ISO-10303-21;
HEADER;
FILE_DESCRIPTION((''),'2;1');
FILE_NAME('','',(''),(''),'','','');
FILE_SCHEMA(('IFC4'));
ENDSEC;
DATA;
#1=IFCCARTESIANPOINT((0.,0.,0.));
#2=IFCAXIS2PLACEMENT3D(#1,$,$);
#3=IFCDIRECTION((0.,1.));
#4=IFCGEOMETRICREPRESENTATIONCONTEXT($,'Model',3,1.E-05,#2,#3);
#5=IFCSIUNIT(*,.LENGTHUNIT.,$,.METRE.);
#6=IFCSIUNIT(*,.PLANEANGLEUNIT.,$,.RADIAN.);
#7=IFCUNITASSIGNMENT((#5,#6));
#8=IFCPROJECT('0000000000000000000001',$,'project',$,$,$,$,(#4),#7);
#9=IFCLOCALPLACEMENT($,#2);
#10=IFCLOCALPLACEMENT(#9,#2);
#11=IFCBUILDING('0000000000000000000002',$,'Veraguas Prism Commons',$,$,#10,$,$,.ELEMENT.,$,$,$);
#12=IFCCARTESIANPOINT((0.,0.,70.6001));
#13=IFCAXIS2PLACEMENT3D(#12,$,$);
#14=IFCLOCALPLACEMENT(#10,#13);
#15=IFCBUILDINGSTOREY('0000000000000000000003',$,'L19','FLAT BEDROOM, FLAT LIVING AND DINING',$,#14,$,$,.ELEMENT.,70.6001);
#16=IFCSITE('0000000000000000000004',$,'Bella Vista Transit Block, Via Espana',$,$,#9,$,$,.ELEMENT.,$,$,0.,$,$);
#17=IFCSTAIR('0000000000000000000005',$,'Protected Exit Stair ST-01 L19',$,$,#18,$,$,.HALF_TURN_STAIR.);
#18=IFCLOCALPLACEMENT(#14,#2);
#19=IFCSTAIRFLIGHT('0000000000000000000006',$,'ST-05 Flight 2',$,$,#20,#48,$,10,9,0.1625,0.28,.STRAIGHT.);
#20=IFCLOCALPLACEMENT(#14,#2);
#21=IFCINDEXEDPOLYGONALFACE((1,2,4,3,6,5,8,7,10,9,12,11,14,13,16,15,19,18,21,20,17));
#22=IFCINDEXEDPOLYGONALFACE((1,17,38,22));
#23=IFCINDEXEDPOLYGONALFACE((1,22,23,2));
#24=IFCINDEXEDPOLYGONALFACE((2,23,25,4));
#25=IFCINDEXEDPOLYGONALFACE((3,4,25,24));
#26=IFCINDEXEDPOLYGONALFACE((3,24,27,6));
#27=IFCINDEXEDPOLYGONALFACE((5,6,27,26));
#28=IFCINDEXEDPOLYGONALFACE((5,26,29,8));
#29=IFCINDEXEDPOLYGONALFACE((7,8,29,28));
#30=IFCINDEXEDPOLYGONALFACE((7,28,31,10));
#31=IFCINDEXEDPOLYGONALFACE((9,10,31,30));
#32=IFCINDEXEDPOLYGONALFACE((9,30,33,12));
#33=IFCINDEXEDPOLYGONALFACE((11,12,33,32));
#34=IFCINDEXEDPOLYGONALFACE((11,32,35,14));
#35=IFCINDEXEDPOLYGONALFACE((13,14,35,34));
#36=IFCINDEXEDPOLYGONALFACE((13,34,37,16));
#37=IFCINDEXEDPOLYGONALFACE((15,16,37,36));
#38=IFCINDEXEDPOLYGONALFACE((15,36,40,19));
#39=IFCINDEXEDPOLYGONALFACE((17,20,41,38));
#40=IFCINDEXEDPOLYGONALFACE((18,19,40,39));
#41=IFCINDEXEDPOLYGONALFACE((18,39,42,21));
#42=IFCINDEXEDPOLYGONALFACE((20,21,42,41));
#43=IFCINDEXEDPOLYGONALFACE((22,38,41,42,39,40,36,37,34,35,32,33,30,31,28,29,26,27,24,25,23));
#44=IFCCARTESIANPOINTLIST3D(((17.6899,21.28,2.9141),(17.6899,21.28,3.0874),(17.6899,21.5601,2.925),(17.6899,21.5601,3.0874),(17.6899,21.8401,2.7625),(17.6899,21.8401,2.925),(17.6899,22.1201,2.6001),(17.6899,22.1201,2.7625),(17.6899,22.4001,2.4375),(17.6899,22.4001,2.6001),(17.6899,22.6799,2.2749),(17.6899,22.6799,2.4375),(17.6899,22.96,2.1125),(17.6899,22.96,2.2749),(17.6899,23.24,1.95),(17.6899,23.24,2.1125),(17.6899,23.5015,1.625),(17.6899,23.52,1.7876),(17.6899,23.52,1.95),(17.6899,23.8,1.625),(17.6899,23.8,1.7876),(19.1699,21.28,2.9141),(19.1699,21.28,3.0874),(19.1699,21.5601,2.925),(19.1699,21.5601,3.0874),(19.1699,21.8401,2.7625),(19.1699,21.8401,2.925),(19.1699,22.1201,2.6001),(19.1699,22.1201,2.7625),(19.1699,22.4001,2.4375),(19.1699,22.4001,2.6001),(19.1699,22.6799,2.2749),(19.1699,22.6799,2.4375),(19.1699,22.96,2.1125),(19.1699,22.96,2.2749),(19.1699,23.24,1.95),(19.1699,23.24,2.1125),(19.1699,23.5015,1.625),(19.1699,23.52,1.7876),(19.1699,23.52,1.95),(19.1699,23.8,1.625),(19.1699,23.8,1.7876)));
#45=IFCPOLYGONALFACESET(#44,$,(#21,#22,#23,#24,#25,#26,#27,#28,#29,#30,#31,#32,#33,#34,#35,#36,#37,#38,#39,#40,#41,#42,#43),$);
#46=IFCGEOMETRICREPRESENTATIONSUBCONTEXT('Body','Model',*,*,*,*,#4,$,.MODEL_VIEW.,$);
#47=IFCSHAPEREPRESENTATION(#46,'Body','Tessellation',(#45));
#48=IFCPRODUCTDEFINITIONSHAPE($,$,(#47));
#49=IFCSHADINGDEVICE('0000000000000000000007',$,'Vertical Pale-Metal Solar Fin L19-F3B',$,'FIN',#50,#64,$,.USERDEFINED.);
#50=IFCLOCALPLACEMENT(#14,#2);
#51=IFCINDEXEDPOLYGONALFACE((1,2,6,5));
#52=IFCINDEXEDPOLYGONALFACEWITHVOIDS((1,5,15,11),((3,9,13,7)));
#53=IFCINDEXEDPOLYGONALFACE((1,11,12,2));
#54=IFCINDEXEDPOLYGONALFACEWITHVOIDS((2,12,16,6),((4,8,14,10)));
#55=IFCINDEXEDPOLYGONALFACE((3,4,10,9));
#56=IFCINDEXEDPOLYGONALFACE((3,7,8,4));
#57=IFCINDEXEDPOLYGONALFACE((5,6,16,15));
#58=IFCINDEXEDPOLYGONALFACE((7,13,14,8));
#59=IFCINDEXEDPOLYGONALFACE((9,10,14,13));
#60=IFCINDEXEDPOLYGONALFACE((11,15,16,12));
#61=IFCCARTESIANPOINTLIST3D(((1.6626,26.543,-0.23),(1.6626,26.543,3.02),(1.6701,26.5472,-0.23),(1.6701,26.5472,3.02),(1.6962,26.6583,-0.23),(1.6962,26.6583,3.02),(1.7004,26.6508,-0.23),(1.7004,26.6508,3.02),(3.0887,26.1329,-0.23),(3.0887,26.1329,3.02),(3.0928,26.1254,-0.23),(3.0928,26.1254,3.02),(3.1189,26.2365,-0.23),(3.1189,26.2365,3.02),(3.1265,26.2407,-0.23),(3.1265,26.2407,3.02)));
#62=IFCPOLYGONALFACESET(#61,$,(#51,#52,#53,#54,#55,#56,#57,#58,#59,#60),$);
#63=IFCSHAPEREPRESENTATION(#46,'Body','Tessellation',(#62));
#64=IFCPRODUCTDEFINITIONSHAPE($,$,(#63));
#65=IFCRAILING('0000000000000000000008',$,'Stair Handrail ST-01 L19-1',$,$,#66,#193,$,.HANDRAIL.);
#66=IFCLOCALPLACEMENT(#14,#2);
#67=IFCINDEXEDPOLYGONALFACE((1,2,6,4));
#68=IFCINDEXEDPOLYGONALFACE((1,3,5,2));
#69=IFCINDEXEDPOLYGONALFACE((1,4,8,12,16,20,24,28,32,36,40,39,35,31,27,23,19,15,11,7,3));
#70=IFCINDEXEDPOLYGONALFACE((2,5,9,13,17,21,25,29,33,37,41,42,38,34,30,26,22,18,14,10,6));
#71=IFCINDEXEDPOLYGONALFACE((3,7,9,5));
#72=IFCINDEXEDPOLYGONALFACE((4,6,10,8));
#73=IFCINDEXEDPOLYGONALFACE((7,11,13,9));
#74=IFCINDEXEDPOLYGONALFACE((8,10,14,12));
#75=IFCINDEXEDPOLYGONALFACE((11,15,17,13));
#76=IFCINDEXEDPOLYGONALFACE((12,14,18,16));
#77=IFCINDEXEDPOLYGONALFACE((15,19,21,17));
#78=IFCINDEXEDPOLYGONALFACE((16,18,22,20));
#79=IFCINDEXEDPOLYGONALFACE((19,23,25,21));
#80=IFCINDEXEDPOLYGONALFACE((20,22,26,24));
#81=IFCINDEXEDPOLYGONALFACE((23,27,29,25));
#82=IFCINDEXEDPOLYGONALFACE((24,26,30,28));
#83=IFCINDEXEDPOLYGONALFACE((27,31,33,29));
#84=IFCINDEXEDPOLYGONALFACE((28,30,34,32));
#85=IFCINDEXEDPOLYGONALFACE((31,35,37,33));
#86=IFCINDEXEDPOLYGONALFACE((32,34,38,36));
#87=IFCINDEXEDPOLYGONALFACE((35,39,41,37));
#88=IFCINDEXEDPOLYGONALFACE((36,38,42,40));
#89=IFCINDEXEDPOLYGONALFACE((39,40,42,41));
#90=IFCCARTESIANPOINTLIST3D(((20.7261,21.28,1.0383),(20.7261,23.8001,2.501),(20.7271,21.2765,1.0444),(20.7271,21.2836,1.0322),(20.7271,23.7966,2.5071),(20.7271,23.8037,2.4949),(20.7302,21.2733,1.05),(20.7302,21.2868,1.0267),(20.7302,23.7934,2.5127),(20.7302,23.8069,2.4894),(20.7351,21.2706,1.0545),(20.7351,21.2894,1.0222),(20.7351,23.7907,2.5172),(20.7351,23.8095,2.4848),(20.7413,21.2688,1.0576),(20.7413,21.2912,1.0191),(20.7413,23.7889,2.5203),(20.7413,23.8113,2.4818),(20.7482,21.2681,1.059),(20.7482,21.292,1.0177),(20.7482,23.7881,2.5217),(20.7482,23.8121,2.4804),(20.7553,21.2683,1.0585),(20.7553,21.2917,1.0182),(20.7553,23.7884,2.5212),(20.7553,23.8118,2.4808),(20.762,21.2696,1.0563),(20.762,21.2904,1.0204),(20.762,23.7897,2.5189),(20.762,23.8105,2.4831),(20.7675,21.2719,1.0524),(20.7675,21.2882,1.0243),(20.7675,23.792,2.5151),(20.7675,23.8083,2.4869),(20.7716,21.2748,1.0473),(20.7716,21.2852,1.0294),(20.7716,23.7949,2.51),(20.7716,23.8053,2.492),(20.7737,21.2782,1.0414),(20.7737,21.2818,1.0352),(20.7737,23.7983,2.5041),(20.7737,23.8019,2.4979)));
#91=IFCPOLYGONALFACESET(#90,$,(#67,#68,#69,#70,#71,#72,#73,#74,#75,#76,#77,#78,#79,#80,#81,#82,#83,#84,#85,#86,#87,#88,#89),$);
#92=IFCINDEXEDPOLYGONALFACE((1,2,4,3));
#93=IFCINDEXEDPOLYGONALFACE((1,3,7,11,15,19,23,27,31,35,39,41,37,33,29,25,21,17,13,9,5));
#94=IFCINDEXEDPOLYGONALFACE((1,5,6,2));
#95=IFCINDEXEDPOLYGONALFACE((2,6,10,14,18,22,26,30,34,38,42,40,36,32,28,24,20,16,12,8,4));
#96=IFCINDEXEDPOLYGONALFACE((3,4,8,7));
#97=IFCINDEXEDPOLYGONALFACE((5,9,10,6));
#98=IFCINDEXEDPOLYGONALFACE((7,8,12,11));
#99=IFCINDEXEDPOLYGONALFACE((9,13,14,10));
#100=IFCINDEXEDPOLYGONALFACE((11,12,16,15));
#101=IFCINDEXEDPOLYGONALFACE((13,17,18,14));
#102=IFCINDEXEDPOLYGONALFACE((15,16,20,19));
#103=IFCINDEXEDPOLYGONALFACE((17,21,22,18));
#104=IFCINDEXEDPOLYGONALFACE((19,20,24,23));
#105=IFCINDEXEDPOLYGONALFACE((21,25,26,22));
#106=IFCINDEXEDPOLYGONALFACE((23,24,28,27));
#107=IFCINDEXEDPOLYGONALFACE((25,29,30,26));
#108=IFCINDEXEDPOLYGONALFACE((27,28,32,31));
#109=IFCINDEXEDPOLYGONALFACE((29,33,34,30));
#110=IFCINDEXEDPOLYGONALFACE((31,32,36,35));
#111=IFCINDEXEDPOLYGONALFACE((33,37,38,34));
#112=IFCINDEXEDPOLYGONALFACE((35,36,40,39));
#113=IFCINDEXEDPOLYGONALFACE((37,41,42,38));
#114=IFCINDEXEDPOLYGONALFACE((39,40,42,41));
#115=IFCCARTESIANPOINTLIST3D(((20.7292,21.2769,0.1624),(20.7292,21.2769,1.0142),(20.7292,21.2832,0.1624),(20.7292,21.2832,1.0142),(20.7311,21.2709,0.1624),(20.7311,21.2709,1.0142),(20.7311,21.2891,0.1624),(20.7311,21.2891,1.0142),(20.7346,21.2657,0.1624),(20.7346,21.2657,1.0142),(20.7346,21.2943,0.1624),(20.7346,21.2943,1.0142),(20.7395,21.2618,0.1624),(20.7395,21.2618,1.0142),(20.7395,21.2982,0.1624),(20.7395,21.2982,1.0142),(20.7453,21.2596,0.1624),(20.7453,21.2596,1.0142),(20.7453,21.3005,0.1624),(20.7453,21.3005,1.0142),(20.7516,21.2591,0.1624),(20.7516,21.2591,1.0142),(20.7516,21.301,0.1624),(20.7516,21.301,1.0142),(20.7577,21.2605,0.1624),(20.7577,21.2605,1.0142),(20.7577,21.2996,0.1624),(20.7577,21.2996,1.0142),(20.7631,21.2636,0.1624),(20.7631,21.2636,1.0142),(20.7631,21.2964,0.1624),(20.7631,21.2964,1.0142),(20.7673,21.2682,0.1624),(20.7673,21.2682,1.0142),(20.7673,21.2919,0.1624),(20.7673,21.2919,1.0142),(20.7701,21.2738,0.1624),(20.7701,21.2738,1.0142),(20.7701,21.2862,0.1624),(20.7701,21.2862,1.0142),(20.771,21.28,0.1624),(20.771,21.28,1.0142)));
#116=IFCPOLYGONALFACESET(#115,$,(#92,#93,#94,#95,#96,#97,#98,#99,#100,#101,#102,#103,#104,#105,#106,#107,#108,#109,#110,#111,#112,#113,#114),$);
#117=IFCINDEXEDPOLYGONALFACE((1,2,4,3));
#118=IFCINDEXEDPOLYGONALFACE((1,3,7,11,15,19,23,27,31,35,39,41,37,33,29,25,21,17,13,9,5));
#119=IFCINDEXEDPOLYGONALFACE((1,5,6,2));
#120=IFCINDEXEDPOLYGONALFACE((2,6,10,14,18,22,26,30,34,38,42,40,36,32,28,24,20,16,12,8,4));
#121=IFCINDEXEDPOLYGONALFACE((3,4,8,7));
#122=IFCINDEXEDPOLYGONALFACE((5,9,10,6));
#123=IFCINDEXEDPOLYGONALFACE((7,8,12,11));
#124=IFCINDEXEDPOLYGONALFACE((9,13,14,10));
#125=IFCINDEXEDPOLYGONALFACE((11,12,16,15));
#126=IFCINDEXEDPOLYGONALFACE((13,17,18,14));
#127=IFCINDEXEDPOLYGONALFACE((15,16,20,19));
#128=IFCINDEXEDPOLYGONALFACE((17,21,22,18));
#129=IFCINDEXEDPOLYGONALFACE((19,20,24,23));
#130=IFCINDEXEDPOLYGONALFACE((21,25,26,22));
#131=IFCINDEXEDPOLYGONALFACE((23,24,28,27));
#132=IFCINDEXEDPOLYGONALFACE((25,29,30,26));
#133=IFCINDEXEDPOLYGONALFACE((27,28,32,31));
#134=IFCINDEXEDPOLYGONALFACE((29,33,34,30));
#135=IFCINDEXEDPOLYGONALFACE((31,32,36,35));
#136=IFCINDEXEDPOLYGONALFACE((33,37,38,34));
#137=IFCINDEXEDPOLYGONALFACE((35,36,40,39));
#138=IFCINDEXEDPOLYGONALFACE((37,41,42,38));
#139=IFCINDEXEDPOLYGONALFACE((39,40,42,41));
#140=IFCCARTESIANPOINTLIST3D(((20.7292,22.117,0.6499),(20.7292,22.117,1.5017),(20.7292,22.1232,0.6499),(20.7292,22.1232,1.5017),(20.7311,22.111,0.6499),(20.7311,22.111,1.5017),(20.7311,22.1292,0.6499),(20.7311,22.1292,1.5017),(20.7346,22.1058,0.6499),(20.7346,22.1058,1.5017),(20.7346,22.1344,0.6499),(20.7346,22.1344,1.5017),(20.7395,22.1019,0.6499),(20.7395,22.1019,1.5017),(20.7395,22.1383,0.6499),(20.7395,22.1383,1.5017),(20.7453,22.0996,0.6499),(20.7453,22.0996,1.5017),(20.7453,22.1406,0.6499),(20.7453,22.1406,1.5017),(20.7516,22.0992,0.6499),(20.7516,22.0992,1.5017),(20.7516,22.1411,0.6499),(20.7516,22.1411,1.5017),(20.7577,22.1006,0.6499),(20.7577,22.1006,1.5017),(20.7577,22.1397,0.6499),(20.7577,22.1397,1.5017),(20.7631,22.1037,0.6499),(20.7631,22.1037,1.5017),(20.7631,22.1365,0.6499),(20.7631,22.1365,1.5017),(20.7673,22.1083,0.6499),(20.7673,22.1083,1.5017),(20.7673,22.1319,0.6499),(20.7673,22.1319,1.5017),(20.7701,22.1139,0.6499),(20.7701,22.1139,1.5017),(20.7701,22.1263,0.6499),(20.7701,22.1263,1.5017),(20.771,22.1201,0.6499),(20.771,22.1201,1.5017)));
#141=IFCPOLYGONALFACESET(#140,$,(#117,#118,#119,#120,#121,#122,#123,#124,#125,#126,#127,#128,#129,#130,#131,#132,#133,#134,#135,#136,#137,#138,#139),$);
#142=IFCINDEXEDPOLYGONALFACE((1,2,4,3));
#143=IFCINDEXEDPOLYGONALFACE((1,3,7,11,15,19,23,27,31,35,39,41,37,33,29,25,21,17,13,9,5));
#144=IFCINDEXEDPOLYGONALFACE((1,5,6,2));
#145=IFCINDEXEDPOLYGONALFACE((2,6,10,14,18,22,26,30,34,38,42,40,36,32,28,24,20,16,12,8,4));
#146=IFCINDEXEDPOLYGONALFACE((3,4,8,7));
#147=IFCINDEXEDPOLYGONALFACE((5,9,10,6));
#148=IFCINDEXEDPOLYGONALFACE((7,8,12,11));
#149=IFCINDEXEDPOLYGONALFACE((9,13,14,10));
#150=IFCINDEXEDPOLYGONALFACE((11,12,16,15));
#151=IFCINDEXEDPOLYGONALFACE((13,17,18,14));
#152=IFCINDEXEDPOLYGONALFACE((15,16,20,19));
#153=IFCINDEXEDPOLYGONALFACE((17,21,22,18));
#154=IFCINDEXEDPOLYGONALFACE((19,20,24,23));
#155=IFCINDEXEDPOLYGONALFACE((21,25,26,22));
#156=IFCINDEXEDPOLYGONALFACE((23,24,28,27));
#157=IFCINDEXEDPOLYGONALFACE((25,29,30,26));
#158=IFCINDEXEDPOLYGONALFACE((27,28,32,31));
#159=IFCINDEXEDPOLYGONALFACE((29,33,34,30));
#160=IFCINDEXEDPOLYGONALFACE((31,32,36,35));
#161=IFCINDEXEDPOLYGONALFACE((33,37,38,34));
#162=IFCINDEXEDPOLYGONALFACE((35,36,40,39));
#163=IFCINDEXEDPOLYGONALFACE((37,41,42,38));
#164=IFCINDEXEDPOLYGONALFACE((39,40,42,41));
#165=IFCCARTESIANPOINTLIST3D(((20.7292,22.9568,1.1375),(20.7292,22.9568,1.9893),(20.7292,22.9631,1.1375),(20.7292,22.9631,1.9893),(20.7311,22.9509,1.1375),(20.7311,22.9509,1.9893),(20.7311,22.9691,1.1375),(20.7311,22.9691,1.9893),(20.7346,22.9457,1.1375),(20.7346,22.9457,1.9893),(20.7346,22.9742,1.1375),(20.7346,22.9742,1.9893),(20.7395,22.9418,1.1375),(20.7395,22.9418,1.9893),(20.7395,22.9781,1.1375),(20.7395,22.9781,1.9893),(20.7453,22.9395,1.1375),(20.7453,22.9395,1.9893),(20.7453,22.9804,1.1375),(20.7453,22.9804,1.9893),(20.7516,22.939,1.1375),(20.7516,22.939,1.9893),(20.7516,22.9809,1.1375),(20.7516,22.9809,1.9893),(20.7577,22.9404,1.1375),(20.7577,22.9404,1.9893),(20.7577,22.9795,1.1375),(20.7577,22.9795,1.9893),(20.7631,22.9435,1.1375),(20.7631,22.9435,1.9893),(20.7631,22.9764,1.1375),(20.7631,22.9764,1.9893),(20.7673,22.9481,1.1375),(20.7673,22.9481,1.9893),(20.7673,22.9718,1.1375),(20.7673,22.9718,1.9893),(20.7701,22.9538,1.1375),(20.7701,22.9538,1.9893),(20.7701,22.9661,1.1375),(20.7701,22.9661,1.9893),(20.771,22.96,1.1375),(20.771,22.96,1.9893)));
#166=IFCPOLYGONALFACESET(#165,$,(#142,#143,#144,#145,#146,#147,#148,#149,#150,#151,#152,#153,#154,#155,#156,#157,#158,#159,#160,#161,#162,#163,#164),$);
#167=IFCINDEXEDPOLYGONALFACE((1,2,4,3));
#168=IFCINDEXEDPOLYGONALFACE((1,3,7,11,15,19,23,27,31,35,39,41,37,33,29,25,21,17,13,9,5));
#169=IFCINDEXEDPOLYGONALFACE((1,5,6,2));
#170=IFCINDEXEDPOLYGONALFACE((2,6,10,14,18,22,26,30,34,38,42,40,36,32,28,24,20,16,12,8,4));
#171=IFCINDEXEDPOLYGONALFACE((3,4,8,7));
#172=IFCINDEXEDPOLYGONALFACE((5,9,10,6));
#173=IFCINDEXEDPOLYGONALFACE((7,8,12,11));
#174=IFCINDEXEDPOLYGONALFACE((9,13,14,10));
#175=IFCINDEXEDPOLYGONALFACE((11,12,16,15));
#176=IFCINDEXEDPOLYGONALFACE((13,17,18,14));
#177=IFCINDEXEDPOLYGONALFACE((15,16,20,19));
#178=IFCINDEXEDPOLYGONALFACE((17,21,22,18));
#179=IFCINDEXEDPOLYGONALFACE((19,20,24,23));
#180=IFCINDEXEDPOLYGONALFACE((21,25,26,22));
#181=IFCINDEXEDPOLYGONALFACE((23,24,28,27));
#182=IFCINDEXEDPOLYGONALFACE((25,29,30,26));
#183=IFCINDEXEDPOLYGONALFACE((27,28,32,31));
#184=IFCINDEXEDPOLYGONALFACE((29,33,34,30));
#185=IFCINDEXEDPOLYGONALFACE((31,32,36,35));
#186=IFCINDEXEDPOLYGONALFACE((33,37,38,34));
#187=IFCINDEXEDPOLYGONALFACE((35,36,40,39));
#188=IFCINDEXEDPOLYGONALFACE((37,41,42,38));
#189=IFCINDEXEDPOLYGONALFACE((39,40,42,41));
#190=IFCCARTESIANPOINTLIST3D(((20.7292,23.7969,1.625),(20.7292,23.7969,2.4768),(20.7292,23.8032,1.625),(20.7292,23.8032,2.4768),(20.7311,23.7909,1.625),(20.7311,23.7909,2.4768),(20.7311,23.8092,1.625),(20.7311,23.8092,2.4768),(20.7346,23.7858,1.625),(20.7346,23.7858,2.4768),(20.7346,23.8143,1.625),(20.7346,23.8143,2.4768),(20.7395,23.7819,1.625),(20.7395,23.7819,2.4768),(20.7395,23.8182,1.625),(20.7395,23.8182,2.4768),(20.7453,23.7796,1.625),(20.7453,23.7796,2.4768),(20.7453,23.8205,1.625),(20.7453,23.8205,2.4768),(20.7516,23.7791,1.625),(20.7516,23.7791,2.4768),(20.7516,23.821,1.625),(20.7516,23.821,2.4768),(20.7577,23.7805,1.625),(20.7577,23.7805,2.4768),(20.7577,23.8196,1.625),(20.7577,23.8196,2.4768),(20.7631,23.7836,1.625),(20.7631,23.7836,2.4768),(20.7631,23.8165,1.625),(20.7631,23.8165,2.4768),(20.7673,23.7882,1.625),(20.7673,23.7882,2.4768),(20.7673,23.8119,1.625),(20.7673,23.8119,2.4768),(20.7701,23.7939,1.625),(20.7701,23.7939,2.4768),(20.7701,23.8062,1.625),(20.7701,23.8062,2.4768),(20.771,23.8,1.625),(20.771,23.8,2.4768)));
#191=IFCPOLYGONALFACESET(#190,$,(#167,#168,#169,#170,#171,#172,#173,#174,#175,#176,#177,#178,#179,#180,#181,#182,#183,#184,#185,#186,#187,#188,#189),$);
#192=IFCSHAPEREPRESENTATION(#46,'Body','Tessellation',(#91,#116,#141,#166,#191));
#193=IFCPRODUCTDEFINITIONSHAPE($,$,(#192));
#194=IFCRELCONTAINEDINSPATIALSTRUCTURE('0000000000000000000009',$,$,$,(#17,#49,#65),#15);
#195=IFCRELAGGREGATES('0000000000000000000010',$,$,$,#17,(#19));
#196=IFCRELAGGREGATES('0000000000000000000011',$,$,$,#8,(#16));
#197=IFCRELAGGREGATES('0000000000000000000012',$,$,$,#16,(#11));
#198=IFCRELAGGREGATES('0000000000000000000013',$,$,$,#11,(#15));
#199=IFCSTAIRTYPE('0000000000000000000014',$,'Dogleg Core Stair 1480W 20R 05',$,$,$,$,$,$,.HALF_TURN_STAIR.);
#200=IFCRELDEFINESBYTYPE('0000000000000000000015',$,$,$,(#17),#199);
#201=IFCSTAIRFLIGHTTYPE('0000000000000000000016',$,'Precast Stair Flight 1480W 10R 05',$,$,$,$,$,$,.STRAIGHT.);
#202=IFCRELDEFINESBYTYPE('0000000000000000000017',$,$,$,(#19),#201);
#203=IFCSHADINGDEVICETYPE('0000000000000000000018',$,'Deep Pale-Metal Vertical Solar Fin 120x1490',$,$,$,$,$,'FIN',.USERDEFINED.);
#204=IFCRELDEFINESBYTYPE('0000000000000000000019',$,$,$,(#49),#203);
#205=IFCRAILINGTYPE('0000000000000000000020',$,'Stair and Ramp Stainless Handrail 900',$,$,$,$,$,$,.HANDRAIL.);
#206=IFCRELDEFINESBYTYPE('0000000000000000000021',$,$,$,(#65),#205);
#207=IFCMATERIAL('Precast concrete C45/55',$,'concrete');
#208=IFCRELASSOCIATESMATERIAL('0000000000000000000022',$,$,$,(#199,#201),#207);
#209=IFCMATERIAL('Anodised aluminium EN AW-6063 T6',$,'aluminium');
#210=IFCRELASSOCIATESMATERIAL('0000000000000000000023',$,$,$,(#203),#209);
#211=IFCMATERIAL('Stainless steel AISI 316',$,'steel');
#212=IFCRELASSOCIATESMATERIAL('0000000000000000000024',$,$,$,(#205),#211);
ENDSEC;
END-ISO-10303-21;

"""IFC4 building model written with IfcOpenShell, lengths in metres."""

from ifc_helpers import new_model, si_unit, direction, frame, origin, origin_2d, place, context, subcontext, project, spatial, polyline, hollow_rectangle, circle, outline, extrude, material, material_profile, profile_set, type_object, element, aggregate, save


model = new_model("IFC4")

# Units and contexts
model_context = context("Model", 3, precision=1e-05, world=origin(), true_north=direction((0.0, 1.0)))
body_context = subcontext(model_context, "Body", "Model", "MODEL_VIEW")
ifc_project = project(units=[si_unit("LENGTHUNIT", "METRE"), si_unit("PLANEANGLEUNIT", "RADIAN")], contexts=[model_context])

# Site, building, storey
site_placement = place(None, origin())
site = spatial("IfcSite", under=ifc_project, at=site_placement, Name="Bella Vista Transit Block, Via Espana", CompositionType="ELEMENT", RefElevation=0.0)
building_placement = place(site_placement, origin())
building = spatial("IfcBuilding", under=site, at=building_placement, Name="Veraguas Prism Commons", CompositionType="ELEMENT")
storey_placement = place(building_placement, frame((0.0, 0.0, 70.6001)))
storey = spatial("IfcBuildingStorey", under=building, at=storey_placement, Name="L19", Description="FLAT BEDROOM, FLAT LIVING AND DINING", CompositionType="ELEMENT", Elevation=70.6001)

# Shared definitions
ifc_material_1 = material(Name="Anodised aluminium EN AW-6063 T6", Category="aluminium")

# Stair, stair flight
ifc_material_2 = material(Name="Precast concrete C45/55", Category="concrete")
stair_type = type_object("IfcStairType", Name="Dogleg Core Stair 1480W 20R 05", PredefinedType="HALF_TURN_STAIR", material=ifc_material_2)
stair_placement = place(storey_placement, origin())
stair = element("IfcStair", 1, at=stair_placement, inside=storey, type_object=stair_type, Name="Protected Exit Stair ST-01 L19", PredefinedType="HALF_TURN_STAIR")
stair_flight_type = type_object("IfcStairFlightType", Name="Precast Stair Flight 1480W 10R 05", PredefinedType="STRAIGHT", material=ifc_material_2)
stair_flight_1_placement = place(storey_placement, frame((18.4299, 23.8, 1.625), z_axis=(0.0, 0.0, 1.0), x_axis=(0.0, -1.0, 0.0)))
stair_flight_1 = element("IfcStairFlight", 2, at=stair_flight_1_placement, type_object=stair_flight_type, Name="ST-05 Flight 2", NumberOfRisers=10, NumberOfTreads=9, PredefinedType="STRAIGHT", RiserHeight=0.1625, TreadLength=0.28, context=body_context, shape_type="SweptSolid", body=[
    extrude(outline(polyline([(0.0, 0.0), (0.0, 0.1626), (0.28, 0.1626), (0.28, 0.325), (0.5601, 0.325), (0.5601, 0.4875), (0.8401, 0.4875), (0.8401, 0.6499), (1.1201, 0.6499), (1.1201, 0.8125), (1.3999, 0.8125), (1.3999, 0.9751), (1.6799, 0.9751), (1.6799, 1.1375), (1.96, 1.1375), (1.96, 1.3), (2.24, 1.3), (2.24, 1.4624), (2.52, 1.4624), (2.52, 1.625), (2.52, 1.2891), (0.2986, 0.0), (0.0, 0.0)])), frame((0.0, 0.74, 0.0), z_axis=(0.0, -1.0, 0.0), x_axis=(1.0, 0.0, 0.0)), (0.0, 0.0, 1.0), 1.48),
])
aggregate(stair, [stair_flight_1])

# Shading device
ifc_material_profile_1 = material_profile(ifc_material_1, hollow_rectangle(XDim=0.1201, YDim=1.49, WallThickness=0.0061, at=origin_2d()), Name="FIN120X1490X6")
ifc_profile_set_1 = profile_set([ifc_material_profile_1], Name="Anodised aluminium EN AW-6063 T6")
shading_device_type = type_object("IfcShadingDeviceType", Name="Deep Pale-Metal Vertical Solar Fin 120x1490", ElementType="FIN", PredefinedType="USERDEFINED", material=ifc_profile_set_1)
shading_device_placement = place(storey_placement, frame((2.3945, 26.3918, -0.23), z_axis=(0.0, 0.0, 1.0), x_axis=(-0.28033, -0.959904, 0.0)))
element("IfcShadingDevice", 3, at=shading_device_placement, inside=storey, type_object=shading_device_type, Name="Vertical Pale-Metal Solar Fin L19-F3B", ObjectType="FIN", PredefinedType="USERDEFINED", context=body_context, shape_type="SweptSolid", body=[
    extrude(hollow_rectangle(XDim=0.1201, YDim=1.49, WallThickness=0.0061, at=origin_2d()), origin(), (0.0, 0.0, 1.0), 3.25),
])

# Railing
ifc_material_3 = material(Name="Stainless steel AISI 316", Category="steel")
railing_type_1 = type_object("IfcRailingType", Name="Stair and Ramp Stainless Handrail 900", PredefinedType="HANDRAIL", material=ifc_material_3)
railing_1_placement = place(storey_placement, frame((20.75, 21.28, 0.1624)))
element("IfcRailing", 4, at=railing_1_placement, inside=storey, type_object=railing_type_1, Name="Stair Handrail ST-01 L19-1", PredefinedType="HANDRAIL", context=body_context, shape_type="SweptSolid", body=[
    extrude(circle(Radius=0.0239, at=origin_2d()), frame((0.0, 0.0, 0.876), z_axis=(0.0, 0.864877, 0.501984), x_axis=(-1.0, 0.0, 0.0)), (0.0, 0.0, 1.0), 2.9138),
    extrude(circle(Radius=0.021, at=origin_2d()), origin(), (0.0, 0.0, 1.0), 0.8518),
    extrude(circle(Radius=0.021, at=origin_2d()), frame((0.0, 0.8401, 0.4875)), (0.0, 0.0, 1.0), 0.8518),
    extrude(circle(Radius=0.021, at=origin_2d()), frame((0.0, 1.6799, 0.9751)), (0.0, 0.0, 1.0), 0.8518),
    extrude(circle(Radius=0.021, at=origin_2d()), frame((0.0, 2.52, 1.4626)), (0.0, 0.0, 1.0), 0.8518),
])

save(model, "model.ifc")
